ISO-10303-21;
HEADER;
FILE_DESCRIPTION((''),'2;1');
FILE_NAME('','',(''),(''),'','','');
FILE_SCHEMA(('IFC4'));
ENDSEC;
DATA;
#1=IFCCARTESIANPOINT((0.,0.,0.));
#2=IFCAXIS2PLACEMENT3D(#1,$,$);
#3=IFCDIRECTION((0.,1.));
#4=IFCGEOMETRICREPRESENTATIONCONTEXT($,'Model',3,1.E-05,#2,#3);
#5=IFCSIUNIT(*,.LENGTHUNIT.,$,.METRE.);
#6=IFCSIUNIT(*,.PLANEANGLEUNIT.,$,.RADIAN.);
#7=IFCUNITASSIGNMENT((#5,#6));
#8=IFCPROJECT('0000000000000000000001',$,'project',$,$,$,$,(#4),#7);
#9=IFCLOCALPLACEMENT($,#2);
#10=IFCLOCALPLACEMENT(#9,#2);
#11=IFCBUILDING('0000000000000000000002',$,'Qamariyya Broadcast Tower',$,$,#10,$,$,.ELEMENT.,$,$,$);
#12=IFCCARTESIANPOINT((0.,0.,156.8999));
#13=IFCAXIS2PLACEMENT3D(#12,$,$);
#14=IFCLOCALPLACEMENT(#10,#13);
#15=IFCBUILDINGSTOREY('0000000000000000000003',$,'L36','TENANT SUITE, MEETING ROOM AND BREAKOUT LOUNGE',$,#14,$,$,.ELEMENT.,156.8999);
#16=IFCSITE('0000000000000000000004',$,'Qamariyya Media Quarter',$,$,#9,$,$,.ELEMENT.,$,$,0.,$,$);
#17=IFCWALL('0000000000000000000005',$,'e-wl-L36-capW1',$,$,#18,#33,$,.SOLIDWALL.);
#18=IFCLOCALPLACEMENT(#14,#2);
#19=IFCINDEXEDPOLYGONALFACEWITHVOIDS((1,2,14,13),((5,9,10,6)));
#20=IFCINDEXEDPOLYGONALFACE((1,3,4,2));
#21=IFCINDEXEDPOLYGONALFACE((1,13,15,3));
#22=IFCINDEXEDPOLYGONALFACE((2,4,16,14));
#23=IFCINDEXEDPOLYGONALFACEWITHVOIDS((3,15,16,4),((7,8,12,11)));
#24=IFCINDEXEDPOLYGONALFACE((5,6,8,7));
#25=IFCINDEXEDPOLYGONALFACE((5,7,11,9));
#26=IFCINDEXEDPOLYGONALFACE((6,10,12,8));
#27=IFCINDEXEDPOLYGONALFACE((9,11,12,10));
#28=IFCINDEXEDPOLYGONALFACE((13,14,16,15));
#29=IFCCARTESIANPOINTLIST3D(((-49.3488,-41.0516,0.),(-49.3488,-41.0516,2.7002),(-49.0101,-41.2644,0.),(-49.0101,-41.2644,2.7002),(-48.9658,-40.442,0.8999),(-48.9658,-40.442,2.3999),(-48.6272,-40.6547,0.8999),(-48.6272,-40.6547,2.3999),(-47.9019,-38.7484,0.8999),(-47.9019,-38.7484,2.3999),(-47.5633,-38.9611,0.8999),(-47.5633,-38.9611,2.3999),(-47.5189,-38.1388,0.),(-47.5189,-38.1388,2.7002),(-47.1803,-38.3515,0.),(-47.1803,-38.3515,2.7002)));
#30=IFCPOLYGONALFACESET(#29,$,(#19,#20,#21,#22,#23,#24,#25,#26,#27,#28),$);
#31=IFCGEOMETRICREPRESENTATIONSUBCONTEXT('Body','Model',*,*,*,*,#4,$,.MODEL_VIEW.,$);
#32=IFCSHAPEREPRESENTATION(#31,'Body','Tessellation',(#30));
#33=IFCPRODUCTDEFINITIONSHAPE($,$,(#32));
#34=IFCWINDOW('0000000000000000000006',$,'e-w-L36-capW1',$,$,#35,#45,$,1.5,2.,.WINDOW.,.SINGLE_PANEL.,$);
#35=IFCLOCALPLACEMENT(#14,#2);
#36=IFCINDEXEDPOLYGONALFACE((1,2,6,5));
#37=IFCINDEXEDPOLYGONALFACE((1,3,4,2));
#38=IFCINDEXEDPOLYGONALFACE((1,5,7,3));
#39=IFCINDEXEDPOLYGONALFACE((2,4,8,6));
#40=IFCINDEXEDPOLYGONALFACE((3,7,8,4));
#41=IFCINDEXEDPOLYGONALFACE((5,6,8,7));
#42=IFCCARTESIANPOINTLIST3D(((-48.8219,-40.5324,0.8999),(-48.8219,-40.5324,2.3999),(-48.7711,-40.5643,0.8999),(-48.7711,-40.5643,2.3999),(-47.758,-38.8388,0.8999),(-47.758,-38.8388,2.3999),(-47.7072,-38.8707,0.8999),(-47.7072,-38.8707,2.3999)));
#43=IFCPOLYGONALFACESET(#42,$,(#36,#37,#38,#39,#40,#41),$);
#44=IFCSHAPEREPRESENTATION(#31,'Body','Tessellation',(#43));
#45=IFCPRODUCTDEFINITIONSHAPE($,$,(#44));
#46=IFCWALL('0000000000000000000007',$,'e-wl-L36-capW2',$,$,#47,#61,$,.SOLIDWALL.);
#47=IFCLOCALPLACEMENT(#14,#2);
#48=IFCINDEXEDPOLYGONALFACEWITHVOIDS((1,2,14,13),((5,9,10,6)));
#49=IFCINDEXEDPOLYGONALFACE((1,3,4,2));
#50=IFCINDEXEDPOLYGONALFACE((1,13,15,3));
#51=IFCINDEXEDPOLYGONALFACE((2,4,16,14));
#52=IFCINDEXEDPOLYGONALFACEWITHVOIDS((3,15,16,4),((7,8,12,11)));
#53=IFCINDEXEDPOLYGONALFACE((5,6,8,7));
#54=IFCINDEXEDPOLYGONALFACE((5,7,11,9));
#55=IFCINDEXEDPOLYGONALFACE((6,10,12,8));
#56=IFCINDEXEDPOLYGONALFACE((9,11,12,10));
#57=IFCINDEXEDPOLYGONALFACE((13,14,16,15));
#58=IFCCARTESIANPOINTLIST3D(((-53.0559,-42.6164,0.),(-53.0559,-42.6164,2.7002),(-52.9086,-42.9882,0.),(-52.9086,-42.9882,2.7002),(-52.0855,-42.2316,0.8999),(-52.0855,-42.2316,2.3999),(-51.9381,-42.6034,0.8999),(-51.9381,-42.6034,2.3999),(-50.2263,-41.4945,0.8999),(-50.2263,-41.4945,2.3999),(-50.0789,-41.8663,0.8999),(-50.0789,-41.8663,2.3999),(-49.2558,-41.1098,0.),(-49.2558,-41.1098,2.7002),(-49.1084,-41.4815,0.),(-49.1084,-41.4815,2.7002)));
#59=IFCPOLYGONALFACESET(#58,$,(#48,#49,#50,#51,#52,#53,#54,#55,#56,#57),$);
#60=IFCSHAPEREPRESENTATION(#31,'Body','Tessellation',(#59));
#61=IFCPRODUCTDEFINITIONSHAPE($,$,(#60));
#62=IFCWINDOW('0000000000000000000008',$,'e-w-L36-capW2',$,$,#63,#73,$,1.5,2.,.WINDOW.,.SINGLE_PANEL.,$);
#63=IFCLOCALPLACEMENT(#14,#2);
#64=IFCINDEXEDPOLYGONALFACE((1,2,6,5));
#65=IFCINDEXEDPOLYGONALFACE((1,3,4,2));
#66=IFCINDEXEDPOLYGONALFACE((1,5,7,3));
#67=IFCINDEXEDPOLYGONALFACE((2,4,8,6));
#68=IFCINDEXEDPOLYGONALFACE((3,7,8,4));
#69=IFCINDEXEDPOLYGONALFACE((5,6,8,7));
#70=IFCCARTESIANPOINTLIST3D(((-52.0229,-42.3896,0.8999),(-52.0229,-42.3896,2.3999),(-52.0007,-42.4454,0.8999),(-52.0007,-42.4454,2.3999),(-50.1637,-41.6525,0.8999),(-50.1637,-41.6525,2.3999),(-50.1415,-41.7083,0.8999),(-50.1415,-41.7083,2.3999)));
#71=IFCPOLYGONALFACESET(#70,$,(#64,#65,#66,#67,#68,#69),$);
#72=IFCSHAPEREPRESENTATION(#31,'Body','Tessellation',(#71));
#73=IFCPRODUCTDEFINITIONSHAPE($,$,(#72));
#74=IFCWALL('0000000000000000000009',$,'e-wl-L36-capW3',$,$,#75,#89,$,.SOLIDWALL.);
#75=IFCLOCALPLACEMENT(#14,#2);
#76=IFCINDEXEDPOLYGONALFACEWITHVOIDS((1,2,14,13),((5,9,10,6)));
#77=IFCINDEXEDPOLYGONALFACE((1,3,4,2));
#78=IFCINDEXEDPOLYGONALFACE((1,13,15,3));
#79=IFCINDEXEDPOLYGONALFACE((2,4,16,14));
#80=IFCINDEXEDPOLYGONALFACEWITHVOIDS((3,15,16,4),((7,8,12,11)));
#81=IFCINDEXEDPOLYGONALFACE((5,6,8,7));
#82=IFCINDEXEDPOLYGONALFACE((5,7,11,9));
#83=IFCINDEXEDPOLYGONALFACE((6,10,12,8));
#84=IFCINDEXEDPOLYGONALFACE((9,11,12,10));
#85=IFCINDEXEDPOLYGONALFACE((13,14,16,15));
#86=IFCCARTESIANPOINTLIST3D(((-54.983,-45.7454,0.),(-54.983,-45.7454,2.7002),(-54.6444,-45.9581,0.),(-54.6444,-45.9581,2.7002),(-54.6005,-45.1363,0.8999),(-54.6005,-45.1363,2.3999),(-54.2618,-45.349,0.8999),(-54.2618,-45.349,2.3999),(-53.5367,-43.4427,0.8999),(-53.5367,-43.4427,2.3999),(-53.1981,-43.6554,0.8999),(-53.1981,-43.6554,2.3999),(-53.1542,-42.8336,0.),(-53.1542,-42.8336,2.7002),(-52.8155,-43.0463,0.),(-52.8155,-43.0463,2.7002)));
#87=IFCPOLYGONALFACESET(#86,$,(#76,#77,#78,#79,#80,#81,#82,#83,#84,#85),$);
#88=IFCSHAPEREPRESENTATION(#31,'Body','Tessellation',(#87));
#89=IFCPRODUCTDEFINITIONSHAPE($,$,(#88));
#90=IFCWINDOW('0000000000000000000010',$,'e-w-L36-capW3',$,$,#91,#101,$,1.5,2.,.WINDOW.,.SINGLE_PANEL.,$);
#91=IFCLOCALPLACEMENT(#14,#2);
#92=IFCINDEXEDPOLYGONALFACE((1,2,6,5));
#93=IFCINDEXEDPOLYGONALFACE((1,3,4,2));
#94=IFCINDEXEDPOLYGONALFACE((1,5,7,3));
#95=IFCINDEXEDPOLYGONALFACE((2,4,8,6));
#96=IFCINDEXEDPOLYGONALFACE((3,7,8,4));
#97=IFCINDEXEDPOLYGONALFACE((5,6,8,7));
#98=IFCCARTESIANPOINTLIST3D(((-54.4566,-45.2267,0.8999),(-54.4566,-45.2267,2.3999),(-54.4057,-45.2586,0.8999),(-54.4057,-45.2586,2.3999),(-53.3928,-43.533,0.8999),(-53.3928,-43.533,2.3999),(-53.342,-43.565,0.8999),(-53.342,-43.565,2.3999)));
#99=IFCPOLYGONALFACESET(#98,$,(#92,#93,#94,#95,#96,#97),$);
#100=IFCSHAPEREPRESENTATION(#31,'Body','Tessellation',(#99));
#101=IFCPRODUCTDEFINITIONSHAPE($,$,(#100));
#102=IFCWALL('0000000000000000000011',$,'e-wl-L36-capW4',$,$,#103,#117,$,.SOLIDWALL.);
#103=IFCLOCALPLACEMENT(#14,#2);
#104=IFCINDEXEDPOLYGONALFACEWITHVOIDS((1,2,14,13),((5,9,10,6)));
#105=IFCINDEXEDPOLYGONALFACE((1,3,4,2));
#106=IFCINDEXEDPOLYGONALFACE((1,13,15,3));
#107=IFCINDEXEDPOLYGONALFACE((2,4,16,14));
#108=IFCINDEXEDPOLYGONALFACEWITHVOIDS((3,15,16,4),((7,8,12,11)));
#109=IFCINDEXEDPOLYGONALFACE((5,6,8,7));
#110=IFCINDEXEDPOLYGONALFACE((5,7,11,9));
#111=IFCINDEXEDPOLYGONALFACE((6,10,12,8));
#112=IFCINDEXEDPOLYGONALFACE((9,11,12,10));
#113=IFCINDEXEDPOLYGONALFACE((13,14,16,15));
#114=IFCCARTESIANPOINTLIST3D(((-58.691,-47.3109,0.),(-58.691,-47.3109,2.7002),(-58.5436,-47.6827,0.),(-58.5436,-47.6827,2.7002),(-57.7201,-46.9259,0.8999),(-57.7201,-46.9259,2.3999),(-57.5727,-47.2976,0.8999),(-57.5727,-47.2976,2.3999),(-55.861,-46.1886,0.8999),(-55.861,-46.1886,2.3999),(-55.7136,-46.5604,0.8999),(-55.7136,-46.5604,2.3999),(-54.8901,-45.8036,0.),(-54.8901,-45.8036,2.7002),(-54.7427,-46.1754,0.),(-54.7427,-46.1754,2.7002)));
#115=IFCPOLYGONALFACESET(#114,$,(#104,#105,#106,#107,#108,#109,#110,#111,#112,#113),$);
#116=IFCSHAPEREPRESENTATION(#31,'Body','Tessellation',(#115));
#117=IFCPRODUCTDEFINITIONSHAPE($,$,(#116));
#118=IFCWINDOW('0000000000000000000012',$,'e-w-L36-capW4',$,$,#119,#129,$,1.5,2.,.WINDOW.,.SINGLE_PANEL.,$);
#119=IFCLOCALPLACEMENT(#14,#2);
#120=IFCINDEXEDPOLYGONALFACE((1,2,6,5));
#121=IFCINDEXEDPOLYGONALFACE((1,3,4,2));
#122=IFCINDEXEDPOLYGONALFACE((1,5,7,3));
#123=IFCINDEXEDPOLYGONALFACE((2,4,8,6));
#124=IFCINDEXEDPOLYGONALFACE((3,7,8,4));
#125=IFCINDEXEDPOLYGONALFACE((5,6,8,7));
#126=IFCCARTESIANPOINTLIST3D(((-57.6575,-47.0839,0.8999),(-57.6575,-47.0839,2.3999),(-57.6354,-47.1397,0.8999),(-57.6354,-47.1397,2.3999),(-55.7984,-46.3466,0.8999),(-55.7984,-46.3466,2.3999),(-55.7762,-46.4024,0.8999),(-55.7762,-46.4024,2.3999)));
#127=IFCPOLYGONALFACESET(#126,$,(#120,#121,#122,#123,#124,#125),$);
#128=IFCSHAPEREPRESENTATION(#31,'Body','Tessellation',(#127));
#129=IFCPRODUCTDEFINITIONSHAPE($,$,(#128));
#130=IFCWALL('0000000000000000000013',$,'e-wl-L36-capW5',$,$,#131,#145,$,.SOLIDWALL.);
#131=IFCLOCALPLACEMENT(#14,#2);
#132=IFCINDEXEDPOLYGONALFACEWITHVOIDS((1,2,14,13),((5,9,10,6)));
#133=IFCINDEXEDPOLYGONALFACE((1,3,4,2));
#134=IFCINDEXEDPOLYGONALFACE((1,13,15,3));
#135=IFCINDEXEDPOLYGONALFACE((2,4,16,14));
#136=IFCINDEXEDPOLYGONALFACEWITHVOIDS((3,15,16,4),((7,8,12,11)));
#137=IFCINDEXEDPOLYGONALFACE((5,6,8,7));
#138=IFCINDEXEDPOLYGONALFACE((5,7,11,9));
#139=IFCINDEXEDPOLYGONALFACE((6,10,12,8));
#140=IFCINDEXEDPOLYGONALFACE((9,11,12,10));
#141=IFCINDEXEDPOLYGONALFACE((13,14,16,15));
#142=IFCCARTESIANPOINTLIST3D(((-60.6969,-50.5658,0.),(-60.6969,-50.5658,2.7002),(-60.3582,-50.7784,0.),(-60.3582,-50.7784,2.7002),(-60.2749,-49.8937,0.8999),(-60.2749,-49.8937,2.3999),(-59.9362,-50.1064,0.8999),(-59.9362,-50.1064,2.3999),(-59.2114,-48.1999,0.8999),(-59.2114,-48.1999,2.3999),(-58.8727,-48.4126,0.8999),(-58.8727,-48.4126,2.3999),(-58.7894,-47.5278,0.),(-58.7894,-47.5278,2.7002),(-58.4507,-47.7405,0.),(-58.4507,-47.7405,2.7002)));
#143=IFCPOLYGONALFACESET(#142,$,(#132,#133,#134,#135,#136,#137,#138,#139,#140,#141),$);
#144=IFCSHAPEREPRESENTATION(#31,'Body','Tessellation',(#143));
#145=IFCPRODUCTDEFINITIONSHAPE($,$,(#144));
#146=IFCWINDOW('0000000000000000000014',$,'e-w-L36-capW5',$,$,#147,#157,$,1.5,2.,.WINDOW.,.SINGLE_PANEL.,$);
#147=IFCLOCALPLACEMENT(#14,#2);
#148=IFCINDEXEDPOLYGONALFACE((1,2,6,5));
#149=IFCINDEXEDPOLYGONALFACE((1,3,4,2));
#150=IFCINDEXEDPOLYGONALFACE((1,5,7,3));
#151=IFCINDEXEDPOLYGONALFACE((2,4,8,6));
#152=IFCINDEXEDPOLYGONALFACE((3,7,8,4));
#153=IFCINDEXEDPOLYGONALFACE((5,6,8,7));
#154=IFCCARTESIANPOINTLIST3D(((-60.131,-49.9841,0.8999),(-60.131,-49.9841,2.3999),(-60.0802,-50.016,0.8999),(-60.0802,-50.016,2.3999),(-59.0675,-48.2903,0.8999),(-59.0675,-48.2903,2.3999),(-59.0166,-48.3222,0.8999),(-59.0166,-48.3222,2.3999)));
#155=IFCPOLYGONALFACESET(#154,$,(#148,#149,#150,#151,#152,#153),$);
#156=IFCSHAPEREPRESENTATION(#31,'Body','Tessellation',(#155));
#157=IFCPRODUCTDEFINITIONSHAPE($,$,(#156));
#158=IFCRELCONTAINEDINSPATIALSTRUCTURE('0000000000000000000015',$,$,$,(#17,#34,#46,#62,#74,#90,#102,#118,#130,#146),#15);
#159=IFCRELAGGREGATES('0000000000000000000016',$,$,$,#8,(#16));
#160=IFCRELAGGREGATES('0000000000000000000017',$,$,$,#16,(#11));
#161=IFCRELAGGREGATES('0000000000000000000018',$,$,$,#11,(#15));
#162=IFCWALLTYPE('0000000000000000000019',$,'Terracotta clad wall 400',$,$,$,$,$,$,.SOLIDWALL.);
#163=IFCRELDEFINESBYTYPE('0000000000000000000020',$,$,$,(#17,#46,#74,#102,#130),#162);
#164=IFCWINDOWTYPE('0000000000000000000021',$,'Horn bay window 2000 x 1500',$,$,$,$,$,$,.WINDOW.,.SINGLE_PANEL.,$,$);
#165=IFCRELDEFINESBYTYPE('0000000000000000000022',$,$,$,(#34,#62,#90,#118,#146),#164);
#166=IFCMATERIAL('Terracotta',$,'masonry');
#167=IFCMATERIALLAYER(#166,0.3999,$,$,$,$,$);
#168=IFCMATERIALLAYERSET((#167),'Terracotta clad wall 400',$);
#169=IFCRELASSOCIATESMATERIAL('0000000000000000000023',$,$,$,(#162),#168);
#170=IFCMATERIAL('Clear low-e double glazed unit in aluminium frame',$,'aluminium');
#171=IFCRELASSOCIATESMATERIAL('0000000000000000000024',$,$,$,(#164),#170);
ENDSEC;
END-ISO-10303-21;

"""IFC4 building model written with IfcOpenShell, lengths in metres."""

from ifc_helpers import new_model, si_unit, direction, frame, frame_2d, origin, place, context, subcontext, project, spatial, rectangle, extrude, material, layer, layer_set, type_object, element, fill, save


model = new_model("IFC4")

# Units and contexts
model_context = context("Model", 3, precision=1e-05, world=origin(), true_north=direction((0.0, 1.0)))
body_context = subcontext(model_context, "Body", "Model", "MODEL_VIEW")
ifc_project = project(units=[si_unit("LENGTHUNIT", "METRE"), si_unit("PLANEANGLEUNIT", "RADIAN")], contexts=[model_context])

# Site, building, storey
site_placement = place(None, origin())
site = spatial("IfcSite", under=ifc_project, at=site_placement, Name="Qamariyya Media Quarter", CompositionType="ELEMENT", RefElevation=0.0)
building_placement = place(site_placement, origin())
building = spatial("IfcBuilding", under=site, at=building_placement, Name="Qamariyya Broadcast Tower", CompositionType="ELEMENT")
storey_placement = place(building_placement, frame((0.0, 0.0, 156.8999)))
storey = spatial("IfcBuildingStorey", under=building, at=storey_placement, Name="L36", Description="TENANT SUITE, MEETING ROOM AND BREAKOUT LOUNGE", CompositionType="ELEMENT", Elevation=156.8999)

# Walls, openings, windows
ifc_material_1 = material(Name="Terracotta", Category="masonry")
ifc_layer_1 = layer(ifc_material_1, 0.3999)
ifc_layer_set_1 = layer_set([ifc_layer_1], Name="Terracotta clad wall 400")
wall_type_1 = type_object("IfcWallType", Name="Terracotta clad wall 400", PredefinedType="SOLIDWALL", material=ifc_layer_set_1)
wall_1_placement = place(storey_placement, frame((-47.3496, -38.2451, 0.0), z_axis=(0.0, 0.0, 1.0), x_axis=(-0.531943, -0.84678, 0.0)))
wall_1 = element("IfcWall", 1, at=wall_1_placement, inside=storey, type_object=wall_type_1, Name="e-wl-L36-capW1", PredefinedType="SOLIDWALL", context=body_context, shape_type="SweptSolid", body=[
    extrude(rectangle(XDim=3.4399, YDim=0.3999, at=frame_2d((1.72, 0.0))), origin(), (0.0, 0.0, 1.0), 2.7002),
])
opening_1_placement = place(wall_1_placement, frame((0.72, 0.0, 0.8999)))
opening_1 = element("IfcOpeningElement", 2, at=opening_1_placement, cuts=wall_1, PredefinedType="OPENING", context=body_context, shape_type="SweptSolid", body=[
    extrude(rectangle(XDim=2.0, YDim=1.5, at=frame_2d((1.0, 0.75))), frame((0.0, 0.21, 0.0), z_axis=(0.0, -1.0, 0.0), x_axis=(1.0, 0.0, 0.0)), (0.0, 0.0, 1.0), 0.4199),
])
ifc_material_2 = material(Name="Clear low-e double glazed unit in aluminium frame", Category="aluminium")
window_type = type_object("IfcWindowType", Name="Horn bay window 2000 x 1500", PartitioningType="SINGLE_PANEL", PredefinedType="WINDOW", material=ifc_material_2)
window_1_placement = place(opening_1_placement, origin())
window_1 = element("IfcWindow", 3, at=window_1_placement, inside=storey, type_object=window_type, Name="e-w-L36-capW1", OverallHeight=1.5, OverallWidth=2.0, PartitioningType="SINGLE_PANEL", PredefinedType="WINDOW", context=body_context, shape_type="SweptSolid", body=[
    extrude(rectangle(XDim=2.0, YDim=1.5, at=frame_2d((1.0, 0.75))), frame((0.0, 0.03, 0.0), z_axis=(0.0, -1.0, 0.0), x_axis=(1.0, 0.0, 0.0)), (0.0, 0.0, 1.0), 0.0601),
])
fill(opening_1, window_1)
wall_2_placement = place(storey_placement, frame((-49.1821, -41.2957, 0.0), z_axis=(0.0, 0.0, 1.0), x_axis=(-0.929605, -0.368557, 0.0)))
wall_2 = element("IfcWall", 4, at=wall_2_placement, inside=storey, type_object=wall_type_1, Name="e-wl-L36-capW2", PredefinedType="SOLIDWALL", context=body_context, shape_type="SweptSolid", body=[
    extrude(rectangle(XDim=4.0879, YDim=0.3999, at=frame_2d((2.0439, 0.0))), origin(), (0.0, 0.0, 1.0), 2.7002),
])
opening_2_placement = place(wall_2_placement, frame((1.0439, 0.0, 0.8999)))
opening_2 = element("IfcOpeningElement", 5, at=opening_2_placement, cuts=wall_2, PredefinedType="OPENING", context=body_context, shape_type="SweptSolid", body=[
    extrude(rectangle(XDim=2.0, YDim=1.5, at=frame_2d((1.0, 0.75))), frame((0.0, 0.21, 0.0), z_axis=(0.0, -1.0, 0.0), x_axis=(1.0, 0.0, 0.0)), (0.0, 0.0, 1.0), 0.4199),
])
window_2_placement = place(opening_2_placement, origin())
window_2 = element("IfcWindow", 6, at=window_2_placement, inside=storey, type_object=window_type, Name="e-w-L36-capW2", OverallHeight=1.5, OverallWidth=2.0, PartitioningType="SINGLE_PANEL", PredefinedType="WINDOW", context=body_context, shape_type="SweptSolid", body=[
    extrude(rectangle(XDim=2.0, YDim=1.5, at=frame_2d((1.0, 0.75))), frame((0.0, 0.03, 0.0), z_axis=(0.0, -1.0, 0.0), x_axis=(1.0, 0.0, 0.0)), (0.0, 0.0, 1.0), 0.0601),
])
fill(opening_2, window_2)
wall_3_placement = place(storey_placement, frame((-52.9849, -42.9399, 0.0), z_axis=(0.0, 0.0, 1.0), x_axis=(-0.531868, -0.846828, 0.0)))
wall_3 = element("IfcWall", 7, at=wall_3_placement, inside=storey, type_object=wall_type_1, Name="e-wl-L36-capW3", PredefinedType="SOLIDWALL", context=body_context, shape_type="SweptSolid", body=[
    extrude(rectangle(XDim=3.4385, YDim=0.3999, at=frame_2d((1.7192, 0.0))), origin(), (0.0, 0.0, 1.0), 2.7002),
])
opening_3_placement = place(wall_3_placement, frame((0.7192, 0.0, 0.8999)))
opening_3 = element("IfcOpeningElement", 8, at=opening_3_placement, cuts=wall_3, PredefinedType="OPENING", context=body_context, shape_type="SweptSolid", body=[
    extrude(rectangle(XDim=2.0, YDim=1.5, at=frame_2d((1.0, 0.75))), frame((0.0, 0.21, 0.0), z_axis=(0.0, -1.0, 0.0), x_axis=(1.0, 0.0, 0.0)), (0.0, 0.0, 1.0), 0.4199),
])
window_3_placement = place(opening_3_placement, origin())
window_3 = element("IfcWindow", 9, at=window_3_placement, inside=storey, type_object=window_type, Name="e-w-L36-capW3", OverallHeight=1.5, OverallWidth=2.0, PartitioningType="SINGLE_PANEL", PredefinedType="WINDOW", context=body_context, shape_type="SweptSolid", body=[
    extrude(rectangle(XDim=2.0, YDim=1.5, at=frame_2d((1.0, 0.75))), frame((0.0, 0.03, 0.0), z_axis=(0.0, -1.0, 0.0), x_axis=(1.0, 0.0, 0.0)), (0.0, 0.0, 1.0), 0.0601),
])
fill(opening_3, window_3)
wall_4_placement = place(storey_placement, frame((-54.8164, -45.9895, 0.0), z_axis=(0.0, 0.0, 1.0), x_axis=(-0.929576, -0.36863, 0.0)))
wall_4 = element("IfcWall", 10, at=wall_4_placement, inside=storey, type_object=wall_type_1, Name="e-wl-L36-capW4", PredefinedType="SOLIDWALL", context=body_context, shape_type="SweptSolid", body=[
    extrude(rectangle(XDim=4.0889, YDim=0.3999, at=frame_2d((2.0444, 0.0))), origin(), (0.0, 0.0, 1.0), 2.7002),
])
opening_4_placement = place(wall_4_placement, frame((1.0444, 0.0, 0.8999)))
opening_4 = element("IfcOpeningElement", 11, at=opening_4_placement, cuts=wall_4, PredefinedType="OPENING", context=body_context, shape_type="SweptSolid", body=[
    extrude(rectangle(XDim=2.0, YDim=1.5, at=frame_2d((1.0, 0.75))), frame((0.0, 0.21, 0.0), z_axis=(0.0, -1.0, 0.0), x_axis=(1.0, 0.0, 0.0)), (0.0, 0.0, 1.0), 0.4199),
])
window_4_placement = place(opening_4_placement, origin())
window_4 = element("IfcWindow", 12, at=window_4_placement, inside=storey, type_object=window_type, Name="e-w-L36-capW4", OverallHeight=1.5, OverallWidth=2.0, PartitioningType="SINGLE_PANEL", PredefinedType="WINDOW", context=body_context, shape_type="SweptSolid", body=[
    extrude(rectangle(XDim=2.0, YDim=1.5, at=frame_2d((1.0, 0.75))), frame((0.0, 0.03, 0.0), z_axis=(0.0, -1.0, 0.0), x_axis=(1.0, 0.0, 0.0)), (0.0, 0.0, 1.0), 0.0601),
])
fill(opening_4, window_4)
wall_5_placement = place(storey_placement, frame((-58.6201, -47.6343, 0.0), z_axis=(0.0, 0.0, 1.0), x_axis=(-0.531766, -0.846891, 0.0)))
wall_5 = element("IfcWall", 13, at=wall_5_placement, inside=storey, type_object=wall_type_1, Name="e-wl-L36-capW5", PredefinedType="SOLIDWALL", context=body_context, shape_type="SweptSolid", body=[
    extrude(rectangle(XDim=3.5872, YDim=0.3999, at=frame_2d((1.7935, 0.0))), origin(), (0.0, 0.0, 1.0), 2.7002),
])
opening_5_placement = place(wall_5_placement, frame((0.7935, 0.0, 0.8999)))
opening_5 = element("IfcOpeningElement", 14, at=opening_5_placement, cuts=wall_5, PredefinedType="OPENING", context=body_context, shape_type="SweptSolid", body=[
    extrude(rectangle(XDim=2.0, YDim=1.5, at=frame_2d((1.0, 0.75))), frame((0.0, 0.21, 0.0), z_axis=(0.0, -1.0, 0.0), x_axis=(1.0, 0.0, 0.0)), (0.0, 0.0, 1.0), 0.4199),
])
window_5_placement = place(opening_5_placement, origin())
window_5 = element("IfcWindow", 15, at=window_5_placement, inside=storey, type_object=window_type, Name="e-w-L36-capW5", OverallHeight=1.5, OverallWidth=2.0, PartitioningType="SINGLE_PANEL", PredefinedType="WINDOW", context=body_context, shape_type="SweptSolid", body=[
    extrude(rectangle(XDim=2.0, YDim=1.5, at=frame_2d((1.0, 0.75))), frame((0.0, 0.03, 0.0), z_axis=(0.0, -1.0, 0.0), x_axis=(1.0, 0.0, 0.0)), (0.0, 0.0, 1.0), 0.0601),
])
fill(opening_5, window_5)

save(model, "model.ifc")
